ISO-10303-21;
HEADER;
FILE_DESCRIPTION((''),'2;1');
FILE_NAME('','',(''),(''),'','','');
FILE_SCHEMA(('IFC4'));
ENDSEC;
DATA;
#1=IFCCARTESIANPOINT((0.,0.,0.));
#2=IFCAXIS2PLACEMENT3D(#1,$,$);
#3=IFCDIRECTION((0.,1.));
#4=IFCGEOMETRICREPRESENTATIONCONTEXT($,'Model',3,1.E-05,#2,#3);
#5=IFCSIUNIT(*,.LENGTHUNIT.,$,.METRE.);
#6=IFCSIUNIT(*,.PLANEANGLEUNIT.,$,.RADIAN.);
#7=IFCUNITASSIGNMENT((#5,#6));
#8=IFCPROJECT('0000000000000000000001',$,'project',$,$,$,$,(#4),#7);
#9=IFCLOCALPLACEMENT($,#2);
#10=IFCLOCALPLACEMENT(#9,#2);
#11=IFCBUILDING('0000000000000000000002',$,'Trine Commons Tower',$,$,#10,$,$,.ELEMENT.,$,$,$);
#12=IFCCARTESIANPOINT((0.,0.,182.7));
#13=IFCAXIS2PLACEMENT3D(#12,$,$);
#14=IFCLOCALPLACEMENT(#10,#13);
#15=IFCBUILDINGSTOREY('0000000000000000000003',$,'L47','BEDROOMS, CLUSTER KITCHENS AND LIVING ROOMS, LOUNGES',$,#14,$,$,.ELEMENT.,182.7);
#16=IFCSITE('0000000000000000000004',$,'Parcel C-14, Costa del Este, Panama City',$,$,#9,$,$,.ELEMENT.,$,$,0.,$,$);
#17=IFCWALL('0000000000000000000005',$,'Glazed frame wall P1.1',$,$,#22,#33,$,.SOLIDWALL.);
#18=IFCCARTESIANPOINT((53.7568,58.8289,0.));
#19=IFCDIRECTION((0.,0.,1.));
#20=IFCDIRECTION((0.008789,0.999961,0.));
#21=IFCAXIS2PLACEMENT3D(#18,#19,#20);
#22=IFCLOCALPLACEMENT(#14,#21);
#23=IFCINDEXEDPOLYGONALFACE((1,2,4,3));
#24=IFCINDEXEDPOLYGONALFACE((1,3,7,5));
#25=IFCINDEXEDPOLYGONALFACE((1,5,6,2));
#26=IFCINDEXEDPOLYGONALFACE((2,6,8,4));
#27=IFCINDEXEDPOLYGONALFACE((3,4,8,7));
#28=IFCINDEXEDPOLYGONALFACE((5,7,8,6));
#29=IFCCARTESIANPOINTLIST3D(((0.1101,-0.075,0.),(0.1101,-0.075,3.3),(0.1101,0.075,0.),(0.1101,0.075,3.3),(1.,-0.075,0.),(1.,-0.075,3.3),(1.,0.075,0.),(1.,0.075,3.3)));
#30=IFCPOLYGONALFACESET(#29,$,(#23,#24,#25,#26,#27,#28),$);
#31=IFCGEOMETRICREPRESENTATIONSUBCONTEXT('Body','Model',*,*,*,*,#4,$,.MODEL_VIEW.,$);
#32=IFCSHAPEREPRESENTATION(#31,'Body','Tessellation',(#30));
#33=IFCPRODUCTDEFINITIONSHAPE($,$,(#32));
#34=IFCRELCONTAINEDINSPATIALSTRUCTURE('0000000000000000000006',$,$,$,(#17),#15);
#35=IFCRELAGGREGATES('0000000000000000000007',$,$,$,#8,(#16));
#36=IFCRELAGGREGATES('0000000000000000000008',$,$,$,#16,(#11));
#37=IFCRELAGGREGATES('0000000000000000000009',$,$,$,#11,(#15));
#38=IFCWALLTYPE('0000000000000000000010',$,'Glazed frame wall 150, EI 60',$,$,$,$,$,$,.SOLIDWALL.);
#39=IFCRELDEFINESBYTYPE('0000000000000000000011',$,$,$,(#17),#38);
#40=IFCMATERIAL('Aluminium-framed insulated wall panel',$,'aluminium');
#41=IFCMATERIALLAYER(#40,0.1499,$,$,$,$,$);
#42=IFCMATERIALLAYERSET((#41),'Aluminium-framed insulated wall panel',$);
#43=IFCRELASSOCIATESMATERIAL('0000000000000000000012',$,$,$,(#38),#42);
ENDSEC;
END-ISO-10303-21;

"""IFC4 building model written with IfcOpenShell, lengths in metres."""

from ifc_helpers import new_model, si_unit, direction, frame, origin, place, context, subcontext, project, spatial, polyline, outline, extrude, material, layer, layer_set, type_object, element, save


model = new_model("IFC4")

# Units and contexts
model_context = context("Model", 3, precision=1e-05, world=origin(), true_north=direction((0.0, 1.0)))
body_context = subcontext(model_context, "Body", "Model", "MODEL_VIEW")
ifc_project = project(units=[si_unit("LENGTHUNIT", "METRE"), si_unit("PLANEANGLEUNIT", "RADIAN")], contexts=[model_context])

# Site, building, storey
site_placement = place(None, origin())
site = spatial("IfcSite", under=ifc_project, at=site_placement, Name="Parcel C-14, Costa del Este, Panama City", CompositionType="ELEMENT", RefElevation=0.0)
building_placement = place(site_placement, origin())
building = spatial("IfcBuilding", under=site, at=building_placement, Name="Trine Commons Tower", CompositionType="ELEMENT")
storey_placement = place(building_placement, frame((0.0, 0.0, 182.7)))
storey = spatial("IfcBuildingStorey", under=building, at=storey_placement, Name="L47", Description="BEDROOMS, CLUSTER KITCHENS AND LIVING ROOMS, LOUNGES", CompositionType="ELEMENT", Elevation=182.7)

# Wall
ifc_material_1 = material(Name="Aluminium-framed insulated wall panel", Category="aluminium")
ifc_layer_1 = layer(ifc_material_1, 0.1499)
ifc_layer_set_1 = layer_set([ifc_layer_1], Name="Aluminium-framed insulated wall panel")
wall_type_1 = type_object("IfcWallType", Name="Glazed frame wall 150, EI 60", PredefinedType="SOLIDWALL", material=ifc_layer_set_1)
wall_1_placement = place(storey_placement, frame((53.7568, 58.8289, 0.0), z_axis=(0.0, 0.0, 1.0), x_axis=(0.008789, 0.999961, 0.0)))
element("IfcWall", 1, at=wall_1_placement, inside=storey, type_object=wall_type_1, Name="Glazed frame wall P1.1", PredefinedType="SOLIDWALL", context=body_context, shape_type="SweptSolid", body=[
    extrude(outline(polyline([(0.1101, -0.075), (1.0, -0.075), (1.0, 0.075), (0.1101, 0.075), (0.1101, -0.075)])), origin(), (0.0, 0.0, 1.0), 3.3),
])

save(model, "model.ifc")
